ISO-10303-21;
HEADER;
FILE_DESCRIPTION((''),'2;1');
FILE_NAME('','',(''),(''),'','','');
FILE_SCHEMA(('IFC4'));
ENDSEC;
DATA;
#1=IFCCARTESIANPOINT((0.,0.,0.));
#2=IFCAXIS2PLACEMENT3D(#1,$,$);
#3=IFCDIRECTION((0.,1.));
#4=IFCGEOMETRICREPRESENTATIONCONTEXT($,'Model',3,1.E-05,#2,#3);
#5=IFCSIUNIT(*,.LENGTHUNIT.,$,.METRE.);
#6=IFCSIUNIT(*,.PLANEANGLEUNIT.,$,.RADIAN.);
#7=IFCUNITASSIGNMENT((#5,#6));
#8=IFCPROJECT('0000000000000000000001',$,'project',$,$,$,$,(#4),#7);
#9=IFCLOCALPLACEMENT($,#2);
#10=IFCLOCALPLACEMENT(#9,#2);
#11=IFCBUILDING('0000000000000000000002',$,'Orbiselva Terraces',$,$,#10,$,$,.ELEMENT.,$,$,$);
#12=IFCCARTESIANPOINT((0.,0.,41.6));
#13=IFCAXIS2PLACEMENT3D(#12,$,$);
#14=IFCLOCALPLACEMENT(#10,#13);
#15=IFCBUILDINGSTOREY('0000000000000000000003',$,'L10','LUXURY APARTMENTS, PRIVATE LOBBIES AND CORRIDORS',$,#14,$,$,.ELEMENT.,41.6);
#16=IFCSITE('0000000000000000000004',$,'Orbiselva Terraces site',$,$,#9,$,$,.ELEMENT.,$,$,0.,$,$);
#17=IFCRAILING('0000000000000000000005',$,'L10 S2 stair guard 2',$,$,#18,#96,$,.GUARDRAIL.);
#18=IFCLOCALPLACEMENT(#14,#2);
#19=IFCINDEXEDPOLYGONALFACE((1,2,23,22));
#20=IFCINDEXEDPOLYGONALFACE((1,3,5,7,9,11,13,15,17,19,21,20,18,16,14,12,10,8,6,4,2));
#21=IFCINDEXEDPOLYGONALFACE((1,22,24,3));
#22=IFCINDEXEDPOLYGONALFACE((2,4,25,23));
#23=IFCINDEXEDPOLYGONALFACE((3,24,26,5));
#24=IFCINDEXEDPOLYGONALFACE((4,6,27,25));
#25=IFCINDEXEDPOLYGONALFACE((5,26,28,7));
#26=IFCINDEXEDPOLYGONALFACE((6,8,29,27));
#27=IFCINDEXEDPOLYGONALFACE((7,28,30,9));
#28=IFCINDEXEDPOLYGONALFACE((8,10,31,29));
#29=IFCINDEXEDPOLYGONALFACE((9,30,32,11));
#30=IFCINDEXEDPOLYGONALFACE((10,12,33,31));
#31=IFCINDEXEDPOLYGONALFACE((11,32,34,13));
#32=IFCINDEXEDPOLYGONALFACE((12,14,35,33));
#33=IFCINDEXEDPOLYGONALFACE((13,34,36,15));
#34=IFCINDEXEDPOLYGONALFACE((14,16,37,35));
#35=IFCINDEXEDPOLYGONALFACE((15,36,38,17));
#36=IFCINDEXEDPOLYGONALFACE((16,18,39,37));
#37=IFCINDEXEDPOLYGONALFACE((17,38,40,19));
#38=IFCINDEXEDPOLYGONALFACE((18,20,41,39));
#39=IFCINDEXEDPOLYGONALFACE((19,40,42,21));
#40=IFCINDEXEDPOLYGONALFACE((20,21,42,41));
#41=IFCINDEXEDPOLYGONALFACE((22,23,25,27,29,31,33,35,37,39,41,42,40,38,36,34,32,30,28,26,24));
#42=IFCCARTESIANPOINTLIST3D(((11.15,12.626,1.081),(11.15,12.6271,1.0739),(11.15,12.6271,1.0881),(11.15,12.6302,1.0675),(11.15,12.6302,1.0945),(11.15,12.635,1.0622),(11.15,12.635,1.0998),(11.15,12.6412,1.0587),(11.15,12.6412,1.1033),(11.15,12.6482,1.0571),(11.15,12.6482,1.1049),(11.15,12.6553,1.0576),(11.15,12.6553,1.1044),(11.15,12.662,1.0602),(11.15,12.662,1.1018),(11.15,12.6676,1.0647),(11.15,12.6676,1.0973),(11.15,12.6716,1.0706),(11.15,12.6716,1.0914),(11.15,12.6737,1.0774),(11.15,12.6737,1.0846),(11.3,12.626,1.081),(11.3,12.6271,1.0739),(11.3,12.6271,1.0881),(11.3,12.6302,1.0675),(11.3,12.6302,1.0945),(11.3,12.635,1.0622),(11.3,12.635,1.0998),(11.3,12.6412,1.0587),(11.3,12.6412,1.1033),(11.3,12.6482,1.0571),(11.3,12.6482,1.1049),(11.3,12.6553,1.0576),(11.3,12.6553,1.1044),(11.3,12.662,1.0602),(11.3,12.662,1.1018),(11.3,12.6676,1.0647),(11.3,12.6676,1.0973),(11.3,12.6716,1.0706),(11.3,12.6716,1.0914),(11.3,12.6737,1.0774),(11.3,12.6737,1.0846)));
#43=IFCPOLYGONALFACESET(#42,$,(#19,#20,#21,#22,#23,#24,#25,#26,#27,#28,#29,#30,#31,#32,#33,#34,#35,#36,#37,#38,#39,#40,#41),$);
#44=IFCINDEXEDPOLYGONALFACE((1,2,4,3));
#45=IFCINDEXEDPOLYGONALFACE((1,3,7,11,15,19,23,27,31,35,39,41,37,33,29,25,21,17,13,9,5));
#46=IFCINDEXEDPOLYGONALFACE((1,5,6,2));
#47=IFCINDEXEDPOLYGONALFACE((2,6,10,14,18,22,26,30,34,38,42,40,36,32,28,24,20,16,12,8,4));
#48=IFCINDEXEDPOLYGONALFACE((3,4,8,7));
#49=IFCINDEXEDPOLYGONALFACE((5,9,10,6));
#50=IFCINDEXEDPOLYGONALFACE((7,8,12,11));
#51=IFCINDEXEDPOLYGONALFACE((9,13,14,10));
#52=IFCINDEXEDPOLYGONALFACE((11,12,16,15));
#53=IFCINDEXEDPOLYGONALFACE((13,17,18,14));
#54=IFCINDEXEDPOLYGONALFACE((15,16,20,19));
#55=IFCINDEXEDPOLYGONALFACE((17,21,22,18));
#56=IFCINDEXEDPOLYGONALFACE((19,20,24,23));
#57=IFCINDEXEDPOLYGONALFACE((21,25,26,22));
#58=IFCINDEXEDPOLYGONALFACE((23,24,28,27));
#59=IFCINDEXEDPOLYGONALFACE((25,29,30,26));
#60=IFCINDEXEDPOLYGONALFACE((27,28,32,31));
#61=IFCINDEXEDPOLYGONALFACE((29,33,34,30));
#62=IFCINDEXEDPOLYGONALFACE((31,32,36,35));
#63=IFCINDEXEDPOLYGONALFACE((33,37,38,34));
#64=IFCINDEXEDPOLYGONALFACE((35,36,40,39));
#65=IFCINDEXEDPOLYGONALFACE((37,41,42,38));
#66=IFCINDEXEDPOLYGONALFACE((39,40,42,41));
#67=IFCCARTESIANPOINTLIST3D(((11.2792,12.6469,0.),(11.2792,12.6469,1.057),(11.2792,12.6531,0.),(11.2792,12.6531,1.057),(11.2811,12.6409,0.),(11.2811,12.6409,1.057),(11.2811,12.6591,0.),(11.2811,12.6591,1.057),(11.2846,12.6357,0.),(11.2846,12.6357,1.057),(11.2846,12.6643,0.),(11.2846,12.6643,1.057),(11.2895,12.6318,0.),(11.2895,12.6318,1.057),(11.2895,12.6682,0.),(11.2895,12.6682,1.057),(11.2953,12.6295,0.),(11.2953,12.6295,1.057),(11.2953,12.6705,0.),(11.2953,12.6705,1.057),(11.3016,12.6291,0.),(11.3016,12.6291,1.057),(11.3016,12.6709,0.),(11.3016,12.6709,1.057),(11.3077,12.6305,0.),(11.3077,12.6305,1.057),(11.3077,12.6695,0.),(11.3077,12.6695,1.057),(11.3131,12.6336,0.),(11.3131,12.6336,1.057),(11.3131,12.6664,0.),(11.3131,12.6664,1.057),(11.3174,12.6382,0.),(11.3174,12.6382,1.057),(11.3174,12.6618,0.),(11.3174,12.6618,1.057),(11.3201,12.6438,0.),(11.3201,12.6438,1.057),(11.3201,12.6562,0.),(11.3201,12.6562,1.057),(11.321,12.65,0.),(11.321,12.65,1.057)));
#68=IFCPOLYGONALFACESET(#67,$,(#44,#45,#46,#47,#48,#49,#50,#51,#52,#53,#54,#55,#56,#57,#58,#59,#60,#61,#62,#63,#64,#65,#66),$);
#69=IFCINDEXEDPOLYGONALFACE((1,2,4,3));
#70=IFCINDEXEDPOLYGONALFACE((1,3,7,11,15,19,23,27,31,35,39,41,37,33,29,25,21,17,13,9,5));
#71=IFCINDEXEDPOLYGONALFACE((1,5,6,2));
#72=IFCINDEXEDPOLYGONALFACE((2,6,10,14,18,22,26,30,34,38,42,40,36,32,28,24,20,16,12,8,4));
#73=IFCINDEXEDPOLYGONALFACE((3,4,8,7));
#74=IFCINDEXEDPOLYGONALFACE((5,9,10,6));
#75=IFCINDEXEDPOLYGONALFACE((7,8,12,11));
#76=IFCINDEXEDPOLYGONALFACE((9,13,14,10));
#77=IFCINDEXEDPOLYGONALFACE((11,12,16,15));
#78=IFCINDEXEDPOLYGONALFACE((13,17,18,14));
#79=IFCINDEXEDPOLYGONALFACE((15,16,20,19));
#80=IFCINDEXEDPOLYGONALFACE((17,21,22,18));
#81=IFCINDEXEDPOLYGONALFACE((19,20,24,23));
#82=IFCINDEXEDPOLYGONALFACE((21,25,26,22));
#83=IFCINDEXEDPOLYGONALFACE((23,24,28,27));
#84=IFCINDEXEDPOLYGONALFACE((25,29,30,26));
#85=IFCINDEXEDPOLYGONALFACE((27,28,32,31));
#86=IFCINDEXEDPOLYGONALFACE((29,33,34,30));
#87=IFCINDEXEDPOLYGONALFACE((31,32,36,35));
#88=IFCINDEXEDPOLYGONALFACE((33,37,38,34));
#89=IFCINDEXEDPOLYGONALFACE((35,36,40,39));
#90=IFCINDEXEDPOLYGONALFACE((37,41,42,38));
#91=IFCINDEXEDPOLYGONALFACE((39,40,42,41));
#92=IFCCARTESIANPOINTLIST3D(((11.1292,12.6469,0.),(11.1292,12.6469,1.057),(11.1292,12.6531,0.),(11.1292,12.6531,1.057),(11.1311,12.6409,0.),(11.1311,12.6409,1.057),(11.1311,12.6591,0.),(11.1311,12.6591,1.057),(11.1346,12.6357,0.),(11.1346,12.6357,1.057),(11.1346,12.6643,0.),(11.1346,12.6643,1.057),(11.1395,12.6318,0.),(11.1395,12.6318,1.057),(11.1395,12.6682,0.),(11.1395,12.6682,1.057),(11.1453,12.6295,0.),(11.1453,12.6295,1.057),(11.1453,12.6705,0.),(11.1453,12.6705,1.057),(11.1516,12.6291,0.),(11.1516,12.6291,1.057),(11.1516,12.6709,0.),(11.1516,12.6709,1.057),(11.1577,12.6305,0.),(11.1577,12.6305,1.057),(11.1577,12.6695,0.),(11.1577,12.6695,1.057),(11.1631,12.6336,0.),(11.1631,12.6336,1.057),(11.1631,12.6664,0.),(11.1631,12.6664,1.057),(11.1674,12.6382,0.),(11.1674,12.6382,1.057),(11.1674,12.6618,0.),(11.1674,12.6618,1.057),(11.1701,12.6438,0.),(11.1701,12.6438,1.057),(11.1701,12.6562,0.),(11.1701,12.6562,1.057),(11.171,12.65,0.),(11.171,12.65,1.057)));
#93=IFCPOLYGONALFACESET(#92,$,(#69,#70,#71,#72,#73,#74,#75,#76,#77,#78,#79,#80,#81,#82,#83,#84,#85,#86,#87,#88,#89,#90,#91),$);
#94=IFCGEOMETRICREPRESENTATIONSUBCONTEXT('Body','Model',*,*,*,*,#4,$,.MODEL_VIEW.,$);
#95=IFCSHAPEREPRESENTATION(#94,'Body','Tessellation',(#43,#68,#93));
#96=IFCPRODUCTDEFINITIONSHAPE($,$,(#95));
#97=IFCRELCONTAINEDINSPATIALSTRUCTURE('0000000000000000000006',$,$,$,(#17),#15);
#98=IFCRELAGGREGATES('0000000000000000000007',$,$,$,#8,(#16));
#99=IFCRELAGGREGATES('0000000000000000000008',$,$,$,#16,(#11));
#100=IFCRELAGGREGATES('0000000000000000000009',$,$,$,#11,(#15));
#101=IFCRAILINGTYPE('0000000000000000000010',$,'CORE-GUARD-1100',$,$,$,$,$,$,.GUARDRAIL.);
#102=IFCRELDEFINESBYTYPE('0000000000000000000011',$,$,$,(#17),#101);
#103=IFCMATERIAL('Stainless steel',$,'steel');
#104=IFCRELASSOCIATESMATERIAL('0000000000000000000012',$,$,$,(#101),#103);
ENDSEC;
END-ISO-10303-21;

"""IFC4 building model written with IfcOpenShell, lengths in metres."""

from ifc_helpers import new_model, si_unit, direction, frame, origin, origin_2d, place, context, subcontext, project, spatial, circle, extrude, material, type_object, element, save


model = new_model("IFC4")

# Units and contexts
model_context = context("Model", 3, precision=1e-05, world=origin(), true_north=direction((0.0, 1.0)))
body_context = subcontext(model_context, "Body", "Model", "MODEL_VIEW")
ifc_project = project(units=[si_unit("LENGTHUNIT", "METRE"), si_unit("PLANEANGLEUNIT", "RADIAN")], contexts=[model_context])

# Site, building, storey
site_placement = place(None, origin())
site = spatial("IfcSite", under=ifc_project, at=site_placement, Name="Orbiselva Terraces site", CompositionType="ELEMENT", RefElevation=0.0)
building_placement = place(site_placement, origin())
building = spatial("IfcBuilding", under=site, at=building_placement, Name="Orbiselva Terraces", CompositionType="ELEMENT")
storey_placement = place(building_placement, frame((0.0, 0.0, 41.6)))
storey = spatial("IfcBuildingStorey", under=building, at=storey_placement, Name="L10", Description="LUXURY APARTMENTS, PRIVATE LOBBIES AND CORRIDORS", CompositionType="ELEMENT", Elevation=41.6)

# Railing
ifc_material_1 = material(Name="Stainless steel", Category="steel")
railing_type = type_object("IfcRailingType", Name="CORE-GUARD-1100", PredefinedType="GUARDRAIL", material=ifc_material_1)
railing_1_placement = place(storey_placement, frame((11.3, 12.65, 0.0)))
element("IfcRailing", 1, at=railing_1_placement, inside=storey, type_object=railing_type, Name="L10 S2 stair guard 2", PredefinedType="GUARDRAIL", context=body_context, shape_type="SweptSolid", body=[
    extrude(circle(Radius=0.024, at=origin_2d()), frame((0.0, 0.0, 1.081), z_axis=(-1.0, 0.0, 0.0), x_axis=(0.0, -1.0, 0.0)), (0.0, 0.0, 1.0), 0.15),
    extrude(circle(Radius=0.021, at=origin_2d()), origin(), (0.0, 0.0, 1.0), 1.057),
    extrude(circle(Radius=0.021, at=origin_2d()), frame((-0.15, 0.0, 0.0)), (0.0, 0.0, 1.0), 1.057),
])

save(model, "model.ifc")
